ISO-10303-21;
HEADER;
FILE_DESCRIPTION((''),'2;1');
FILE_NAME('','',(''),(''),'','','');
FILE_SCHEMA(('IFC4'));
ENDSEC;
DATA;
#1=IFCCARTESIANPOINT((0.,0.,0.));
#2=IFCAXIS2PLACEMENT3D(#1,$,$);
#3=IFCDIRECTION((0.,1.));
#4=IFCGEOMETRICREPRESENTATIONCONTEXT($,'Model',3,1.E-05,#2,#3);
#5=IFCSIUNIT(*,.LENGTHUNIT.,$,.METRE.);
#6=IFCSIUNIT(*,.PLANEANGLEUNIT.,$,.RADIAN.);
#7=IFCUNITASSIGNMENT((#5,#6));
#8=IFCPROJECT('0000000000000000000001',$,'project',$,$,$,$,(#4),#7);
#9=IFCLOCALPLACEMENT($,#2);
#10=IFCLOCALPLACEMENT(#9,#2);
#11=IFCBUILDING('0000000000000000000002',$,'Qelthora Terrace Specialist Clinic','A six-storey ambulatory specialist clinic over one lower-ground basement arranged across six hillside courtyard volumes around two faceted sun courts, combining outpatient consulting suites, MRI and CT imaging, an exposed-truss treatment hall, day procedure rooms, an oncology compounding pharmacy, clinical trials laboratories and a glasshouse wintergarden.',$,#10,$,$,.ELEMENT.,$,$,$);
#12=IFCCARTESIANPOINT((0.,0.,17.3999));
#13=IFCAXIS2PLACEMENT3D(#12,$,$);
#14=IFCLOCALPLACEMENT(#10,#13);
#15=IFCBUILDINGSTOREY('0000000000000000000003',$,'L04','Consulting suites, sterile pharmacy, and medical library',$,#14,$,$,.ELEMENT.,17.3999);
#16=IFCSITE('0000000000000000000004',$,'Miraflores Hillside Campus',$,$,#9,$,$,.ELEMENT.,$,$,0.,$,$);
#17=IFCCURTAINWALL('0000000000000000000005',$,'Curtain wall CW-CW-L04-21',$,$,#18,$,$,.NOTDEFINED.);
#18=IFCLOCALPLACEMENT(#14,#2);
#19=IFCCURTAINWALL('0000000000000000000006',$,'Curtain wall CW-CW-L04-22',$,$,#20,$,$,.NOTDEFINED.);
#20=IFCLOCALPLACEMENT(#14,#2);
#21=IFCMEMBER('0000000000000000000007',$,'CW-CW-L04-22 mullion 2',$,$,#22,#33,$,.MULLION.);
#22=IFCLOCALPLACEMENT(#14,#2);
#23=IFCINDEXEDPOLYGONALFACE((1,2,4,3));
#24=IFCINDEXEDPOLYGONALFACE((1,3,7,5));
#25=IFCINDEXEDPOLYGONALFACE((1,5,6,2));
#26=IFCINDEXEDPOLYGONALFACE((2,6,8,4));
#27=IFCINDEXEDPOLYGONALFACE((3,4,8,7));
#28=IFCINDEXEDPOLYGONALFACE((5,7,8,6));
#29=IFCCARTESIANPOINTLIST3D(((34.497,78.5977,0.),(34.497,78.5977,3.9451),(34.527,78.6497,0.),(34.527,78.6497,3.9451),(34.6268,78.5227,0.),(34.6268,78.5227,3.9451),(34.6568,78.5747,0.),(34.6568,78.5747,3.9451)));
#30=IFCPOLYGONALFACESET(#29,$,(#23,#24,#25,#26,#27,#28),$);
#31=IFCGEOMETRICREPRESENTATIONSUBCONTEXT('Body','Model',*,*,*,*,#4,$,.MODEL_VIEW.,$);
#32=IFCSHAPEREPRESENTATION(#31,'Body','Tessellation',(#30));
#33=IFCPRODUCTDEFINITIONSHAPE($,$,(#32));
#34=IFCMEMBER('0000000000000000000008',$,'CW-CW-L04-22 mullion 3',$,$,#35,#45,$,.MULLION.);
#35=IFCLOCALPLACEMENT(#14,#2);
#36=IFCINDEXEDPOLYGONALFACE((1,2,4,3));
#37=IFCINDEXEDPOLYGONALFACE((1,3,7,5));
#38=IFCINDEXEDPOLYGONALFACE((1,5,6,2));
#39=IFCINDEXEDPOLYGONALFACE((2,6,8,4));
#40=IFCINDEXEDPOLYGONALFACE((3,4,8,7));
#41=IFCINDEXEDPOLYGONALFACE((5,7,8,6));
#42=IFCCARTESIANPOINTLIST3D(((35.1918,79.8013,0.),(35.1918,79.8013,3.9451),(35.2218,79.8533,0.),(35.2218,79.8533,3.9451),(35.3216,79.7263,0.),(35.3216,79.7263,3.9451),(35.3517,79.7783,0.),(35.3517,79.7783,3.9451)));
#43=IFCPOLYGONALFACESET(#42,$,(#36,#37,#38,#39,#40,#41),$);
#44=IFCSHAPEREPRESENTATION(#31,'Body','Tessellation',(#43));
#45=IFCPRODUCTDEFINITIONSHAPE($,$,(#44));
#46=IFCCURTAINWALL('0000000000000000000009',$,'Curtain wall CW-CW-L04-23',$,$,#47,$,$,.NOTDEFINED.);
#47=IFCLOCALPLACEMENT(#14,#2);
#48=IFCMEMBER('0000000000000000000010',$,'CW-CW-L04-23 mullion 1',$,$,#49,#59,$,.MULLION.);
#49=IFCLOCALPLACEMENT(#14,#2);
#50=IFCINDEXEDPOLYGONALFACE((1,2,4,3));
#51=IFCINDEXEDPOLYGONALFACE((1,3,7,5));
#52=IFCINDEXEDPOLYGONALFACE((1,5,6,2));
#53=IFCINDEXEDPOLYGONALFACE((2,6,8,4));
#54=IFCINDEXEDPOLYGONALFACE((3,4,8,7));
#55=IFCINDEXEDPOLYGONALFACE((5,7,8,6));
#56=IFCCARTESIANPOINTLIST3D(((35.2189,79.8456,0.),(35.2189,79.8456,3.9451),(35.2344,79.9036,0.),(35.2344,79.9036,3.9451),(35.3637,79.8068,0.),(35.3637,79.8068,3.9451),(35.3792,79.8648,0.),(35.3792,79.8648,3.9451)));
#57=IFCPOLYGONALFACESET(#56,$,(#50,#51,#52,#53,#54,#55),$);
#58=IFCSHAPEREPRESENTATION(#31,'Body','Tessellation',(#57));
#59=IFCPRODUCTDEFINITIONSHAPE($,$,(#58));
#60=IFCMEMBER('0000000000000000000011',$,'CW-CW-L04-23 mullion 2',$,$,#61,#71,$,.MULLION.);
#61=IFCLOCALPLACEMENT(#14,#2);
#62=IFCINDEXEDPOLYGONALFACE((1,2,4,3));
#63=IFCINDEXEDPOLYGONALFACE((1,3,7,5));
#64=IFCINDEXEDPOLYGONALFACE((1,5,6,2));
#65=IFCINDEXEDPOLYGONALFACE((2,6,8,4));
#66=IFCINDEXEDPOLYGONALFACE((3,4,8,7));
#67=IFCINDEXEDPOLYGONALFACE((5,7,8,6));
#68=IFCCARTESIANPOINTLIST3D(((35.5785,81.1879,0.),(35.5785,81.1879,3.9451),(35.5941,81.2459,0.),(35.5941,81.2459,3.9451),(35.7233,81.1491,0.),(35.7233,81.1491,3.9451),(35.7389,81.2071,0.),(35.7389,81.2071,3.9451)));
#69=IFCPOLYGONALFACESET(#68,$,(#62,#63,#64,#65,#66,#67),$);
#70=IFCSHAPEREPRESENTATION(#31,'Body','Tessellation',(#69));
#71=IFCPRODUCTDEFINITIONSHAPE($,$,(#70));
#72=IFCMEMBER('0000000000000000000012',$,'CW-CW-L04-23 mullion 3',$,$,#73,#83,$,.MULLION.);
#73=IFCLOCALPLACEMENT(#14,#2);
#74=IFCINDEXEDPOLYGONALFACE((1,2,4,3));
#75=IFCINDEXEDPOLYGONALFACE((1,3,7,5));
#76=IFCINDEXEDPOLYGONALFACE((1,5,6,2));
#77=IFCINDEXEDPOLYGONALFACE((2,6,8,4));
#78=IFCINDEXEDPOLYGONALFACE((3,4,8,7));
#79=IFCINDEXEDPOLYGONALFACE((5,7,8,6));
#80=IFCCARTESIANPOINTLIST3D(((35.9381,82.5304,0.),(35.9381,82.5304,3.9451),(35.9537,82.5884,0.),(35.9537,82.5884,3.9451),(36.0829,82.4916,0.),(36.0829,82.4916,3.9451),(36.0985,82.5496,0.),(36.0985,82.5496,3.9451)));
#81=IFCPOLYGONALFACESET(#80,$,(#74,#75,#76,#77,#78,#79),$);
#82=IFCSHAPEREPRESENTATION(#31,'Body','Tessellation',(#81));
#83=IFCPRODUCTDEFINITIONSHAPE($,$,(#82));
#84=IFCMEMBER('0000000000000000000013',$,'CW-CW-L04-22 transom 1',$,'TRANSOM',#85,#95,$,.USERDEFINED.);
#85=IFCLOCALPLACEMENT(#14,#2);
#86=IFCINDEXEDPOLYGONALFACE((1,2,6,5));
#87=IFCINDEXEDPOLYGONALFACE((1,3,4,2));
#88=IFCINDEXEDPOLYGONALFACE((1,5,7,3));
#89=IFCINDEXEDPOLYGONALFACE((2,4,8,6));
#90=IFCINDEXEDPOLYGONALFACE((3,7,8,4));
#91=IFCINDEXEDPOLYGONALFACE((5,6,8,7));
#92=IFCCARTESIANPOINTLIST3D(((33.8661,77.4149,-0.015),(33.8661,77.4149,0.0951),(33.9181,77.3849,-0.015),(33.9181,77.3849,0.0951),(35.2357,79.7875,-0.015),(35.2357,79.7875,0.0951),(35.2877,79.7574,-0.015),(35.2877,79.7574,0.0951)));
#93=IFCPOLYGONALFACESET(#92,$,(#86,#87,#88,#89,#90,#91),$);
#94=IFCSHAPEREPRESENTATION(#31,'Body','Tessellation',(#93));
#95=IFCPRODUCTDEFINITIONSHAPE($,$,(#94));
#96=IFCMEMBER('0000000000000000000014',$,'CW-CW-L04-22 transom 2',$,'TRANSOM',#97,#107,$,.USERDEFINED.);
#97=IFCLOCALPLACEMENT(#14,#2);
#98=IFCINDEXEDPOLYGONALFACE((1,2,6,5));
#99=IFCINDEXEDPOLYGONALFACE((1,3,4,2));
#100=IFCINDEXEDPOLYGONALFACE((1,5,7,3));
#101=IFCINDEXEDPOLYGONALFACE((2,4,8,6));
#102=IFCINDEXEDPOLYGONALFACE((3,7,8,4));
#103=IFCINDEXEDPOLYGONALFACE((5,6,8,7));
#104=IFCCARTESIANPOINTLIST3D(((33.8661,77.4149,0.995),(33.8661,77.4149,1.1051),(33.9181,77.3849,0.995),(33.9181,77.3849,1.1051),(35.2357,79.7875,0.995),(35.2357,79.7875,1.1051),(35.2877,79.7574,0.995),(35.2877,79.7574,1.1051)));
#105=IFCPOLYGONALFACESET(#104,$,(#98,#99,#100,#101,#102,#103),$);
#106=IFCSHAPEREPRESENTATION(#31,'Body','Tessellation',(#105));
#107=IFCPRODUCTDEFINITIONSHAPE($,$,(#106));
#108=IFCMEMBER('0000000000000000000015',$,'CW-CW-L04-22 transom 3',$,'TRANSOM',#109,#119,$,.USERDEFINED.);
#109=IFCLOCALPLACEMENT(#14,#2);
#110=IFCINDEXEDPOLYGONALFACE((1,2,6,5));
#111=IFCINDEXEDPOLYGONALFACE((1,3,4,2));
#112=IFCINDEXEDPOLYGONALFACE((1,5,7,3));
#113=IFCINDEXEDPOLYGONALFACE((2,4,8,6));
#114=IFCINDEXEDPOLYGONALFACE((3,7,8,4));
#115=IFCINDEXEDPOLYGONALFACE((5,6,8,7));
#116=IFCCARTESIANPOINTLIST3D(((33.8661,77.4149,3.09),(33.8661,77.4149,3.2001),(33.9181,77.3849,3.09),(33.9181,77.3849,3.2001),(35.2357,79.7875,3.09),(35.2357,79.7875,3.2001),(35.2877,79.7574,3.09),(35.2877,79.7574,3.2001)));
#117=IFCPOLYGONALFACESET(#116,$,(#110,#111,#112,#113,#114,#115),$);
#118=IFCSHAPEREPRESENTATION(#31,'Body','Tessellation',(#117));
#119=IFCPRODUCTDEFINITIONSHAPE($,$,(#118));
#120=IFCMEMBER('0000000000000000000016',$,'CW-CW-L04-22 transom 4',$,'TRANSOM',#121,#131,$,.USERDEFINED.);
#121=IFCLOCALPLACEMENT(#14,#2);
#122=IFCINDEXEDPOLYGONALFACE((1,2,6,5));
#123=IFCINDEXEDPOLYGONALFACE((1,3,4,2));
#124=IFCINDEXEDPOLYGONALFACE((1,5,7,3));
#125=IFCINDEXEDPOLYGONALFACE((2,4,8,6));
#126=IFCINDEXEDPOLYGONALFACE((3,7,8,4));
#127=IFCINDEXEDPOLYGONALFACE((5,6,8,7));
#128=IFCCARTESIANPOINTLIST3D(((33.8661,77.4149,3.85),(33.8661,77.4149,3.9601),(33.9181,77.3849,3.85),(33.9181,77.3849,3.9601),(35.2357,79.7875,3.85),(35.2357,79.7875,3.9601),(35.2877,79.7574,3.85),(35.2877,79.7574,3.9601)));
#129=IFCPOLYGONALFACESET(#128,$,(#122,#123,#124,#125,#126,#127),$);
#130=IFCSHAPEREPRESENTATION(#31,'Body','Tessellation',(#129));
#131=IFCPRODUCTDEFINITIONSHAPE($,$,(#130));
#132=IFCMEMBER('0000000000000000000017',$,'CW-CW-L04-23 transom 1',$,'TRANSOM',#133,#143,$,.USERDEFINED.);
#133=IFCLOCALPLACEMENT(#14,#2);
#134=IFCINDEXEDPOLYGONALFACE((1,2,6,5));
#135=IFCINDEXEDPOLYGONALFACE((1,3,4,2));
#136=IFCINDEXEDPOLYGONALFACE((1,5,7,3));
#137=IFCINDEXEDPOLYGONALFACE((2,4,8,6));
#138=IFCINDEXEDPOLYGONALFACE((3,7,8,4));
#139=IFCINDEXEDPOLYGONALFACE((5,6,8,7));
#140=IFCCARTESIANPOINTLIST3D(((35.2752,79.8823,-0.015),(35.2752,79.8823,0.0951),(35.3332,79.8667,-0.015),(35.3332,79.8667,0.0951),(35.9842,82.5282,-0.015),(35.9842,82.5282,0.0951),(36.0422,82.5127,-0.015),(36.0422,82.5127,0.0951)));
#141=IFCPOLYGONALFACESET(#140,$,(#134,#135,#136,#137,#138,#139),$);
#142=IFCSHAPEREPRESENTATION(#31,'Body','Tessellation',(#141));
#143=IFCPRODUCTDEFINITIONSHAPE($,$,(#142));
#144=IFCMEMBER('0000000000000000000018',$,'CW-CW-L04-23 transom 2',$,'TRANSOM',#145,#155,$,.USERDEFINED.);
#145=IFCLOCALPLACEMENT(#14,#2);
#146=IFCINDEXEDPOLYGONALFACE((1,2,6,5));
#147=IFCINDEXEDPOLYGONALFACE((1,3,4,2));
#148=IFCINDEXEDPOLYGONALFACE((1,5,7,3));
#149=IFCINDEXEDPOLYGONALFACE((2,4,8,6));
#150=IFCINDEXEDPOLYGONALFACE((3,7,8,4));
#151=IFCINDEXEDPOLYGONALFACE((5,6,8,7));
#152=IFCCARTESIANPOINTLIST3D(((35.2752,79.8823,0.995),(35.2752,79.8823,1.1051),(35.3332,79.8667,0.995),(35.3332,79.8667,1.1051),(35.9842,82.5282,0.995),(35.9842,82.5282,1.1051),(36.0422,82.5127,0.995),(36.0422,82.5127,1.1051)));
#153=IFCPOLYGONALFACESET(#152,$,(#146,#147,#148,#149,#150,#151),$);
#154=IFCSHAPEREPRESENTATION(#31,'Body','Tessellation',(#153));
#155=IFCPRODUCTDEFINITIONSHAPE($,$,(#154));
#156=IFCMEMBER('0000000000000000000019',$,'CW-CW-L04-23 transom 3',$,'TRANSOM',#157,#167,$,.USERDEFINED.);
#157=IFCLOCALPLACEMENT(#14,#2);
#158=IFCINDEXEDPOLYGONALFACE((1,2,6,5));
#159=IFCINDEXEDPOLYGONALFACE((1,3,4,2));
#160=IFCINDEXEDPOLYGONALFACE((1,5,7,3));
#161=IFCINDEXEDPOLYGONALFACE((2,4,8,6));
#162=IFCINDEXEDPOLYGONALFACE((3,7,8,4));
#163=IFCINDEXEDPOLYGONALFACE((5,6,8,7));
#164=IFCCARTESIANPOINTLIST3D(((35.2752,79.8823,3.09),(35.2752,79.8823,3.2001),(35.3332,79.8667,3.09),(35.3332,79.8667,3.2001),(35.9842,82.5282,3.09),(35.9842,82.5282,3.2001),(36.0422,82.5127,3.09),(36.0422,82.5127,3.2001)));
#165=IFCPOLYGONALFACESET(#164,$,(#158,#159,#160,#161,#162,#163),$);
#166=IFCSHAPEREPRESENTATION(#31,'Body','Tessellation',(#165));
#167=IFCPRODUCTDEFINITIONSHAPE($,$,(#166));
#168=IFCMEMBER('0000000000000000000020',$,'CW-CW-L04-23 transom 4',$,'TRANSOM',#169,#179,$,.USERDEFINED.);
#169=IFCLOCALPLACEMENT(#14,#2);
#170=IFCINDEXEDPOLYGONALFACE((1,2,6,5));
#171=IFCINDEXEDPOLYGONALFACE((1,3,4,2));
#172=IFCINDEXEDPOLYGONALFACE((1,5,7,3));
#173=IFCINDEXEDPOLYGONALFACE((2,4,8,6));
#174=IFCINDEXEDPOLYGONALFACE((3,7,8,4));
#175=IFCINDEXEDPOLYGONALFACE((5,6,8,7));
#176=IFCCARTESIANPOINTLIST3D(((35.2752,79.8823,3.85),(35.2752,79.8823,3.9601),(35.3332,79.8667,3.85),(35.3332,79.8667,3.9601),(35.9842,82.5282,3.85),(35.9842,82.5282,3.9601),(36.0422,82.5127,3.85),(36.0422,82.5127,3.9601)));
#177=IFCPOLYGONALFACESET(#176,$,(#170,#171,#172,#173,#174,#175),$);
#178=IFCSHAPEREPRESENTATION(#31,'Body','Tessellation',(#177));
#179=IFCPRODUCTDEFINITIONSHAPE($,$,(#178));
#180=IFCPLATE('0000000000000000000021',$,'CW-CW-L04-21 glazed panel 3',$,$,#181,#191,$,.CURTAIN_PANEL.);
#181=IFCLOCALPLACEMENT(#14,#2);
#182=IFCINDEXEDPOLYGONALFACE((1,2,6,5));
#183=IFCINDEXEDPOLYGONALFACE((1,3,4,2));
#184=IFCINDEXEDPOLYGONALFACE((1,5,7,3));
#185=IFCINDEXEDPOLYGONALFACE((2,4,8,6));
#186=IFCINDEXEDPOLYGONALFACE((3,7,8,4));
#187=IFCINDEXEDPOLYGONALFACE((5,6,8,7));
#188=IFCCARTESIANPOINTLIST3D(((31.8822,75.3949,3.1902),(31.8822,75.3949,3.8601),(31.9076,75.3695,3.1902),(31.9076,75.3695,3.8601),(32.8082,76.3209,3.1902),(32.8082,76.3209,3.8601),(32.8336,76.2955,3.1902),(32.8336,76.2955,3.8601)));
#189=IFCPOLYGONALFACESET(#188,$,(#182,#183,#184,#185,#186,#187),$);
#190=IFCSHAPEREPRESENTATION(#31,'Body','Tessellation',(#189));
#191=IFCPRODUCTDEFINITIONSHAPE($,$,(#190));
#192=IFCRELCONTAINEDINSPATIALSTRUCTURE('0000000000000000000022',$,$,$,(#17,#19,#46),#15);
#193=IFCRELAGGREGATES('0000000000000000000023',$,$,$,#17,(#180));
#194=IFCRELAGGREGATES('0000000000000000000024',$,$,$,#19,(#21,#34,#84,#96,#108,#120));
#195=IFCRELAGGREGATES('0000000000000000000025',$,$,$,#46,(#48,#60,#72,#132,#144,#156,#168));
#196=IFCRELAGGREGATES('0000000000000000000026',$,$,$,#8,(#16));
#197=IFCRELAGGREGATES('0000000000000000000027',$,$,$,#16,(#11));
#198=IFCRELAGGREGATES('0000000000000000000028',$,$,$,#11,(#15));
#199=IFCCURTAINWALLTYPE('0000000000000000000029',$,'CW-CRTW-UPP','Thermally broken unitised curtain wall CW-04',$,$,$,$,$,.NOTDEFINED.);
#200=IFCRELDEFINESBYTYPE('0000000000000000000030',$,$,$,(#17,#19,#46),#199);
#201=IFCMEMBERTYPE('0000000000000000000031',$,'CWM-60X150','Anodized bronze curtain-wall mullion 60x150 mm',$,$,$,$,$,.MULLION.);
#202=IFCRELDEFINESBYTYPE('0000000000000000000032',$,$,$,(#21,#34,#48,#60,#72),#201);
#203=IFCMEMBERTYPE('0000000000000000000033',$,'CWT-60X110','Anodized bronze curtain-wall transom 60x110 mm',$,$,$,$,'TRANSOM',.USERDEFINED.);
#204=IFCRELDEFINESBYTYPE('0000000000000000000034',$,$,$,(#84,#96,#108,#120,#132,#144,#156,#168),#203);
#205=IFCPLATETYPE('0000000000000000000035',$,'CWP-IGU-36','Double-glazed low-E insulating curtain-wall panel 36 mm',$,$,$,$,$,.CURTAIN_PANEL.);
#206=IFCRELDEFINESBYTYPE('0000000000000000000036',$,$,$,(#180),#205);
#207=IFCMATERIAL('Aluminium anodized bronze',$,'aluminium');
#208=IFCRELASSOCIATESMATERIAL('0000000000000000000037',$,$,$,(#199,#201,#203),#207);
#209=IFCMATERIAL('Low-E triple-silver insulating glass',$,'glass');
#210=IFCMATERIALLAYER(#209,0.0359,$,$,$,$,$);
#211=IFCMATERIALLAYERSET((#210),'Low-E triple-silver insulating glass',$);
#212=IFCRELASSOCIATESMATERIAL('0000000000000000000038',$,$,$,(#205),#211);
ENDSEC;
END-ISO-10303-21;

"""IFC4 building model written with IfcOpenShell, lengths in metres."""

from ifc_helpers import new_model, si_unit, direction, frame, origin, origin_2d, place, context, subcontext, project, spatial, rectangle, extrude, material, layer, layer_set, material_profile, profile_set, type_object, element, aggregate, save


model = new_model("IFC4")

# Units and contexts
model_context = context("Model", 3, precision=1e-05, world=origin(), true_north=direction((0.0, 1.0)))
body_context = subcontext(model_context, "Body", "Model", "MODEL_VIEW")
ifc_project = project(units=[si_unit("LENGTHUNIT", "METRE"), si_unit("PLANEANGLEUNIT", "RADIAN")], contexts=[model_context])

# Site, building, storey
site_placement = place(None, origin())
site = spatial("IfcSite", under=ifc_project, at=site_placement, Name="Miraflores Hillside Campus", CompositionType="ELEMENT", RefElevation=0.0)
building_placement = place(site_placement, origin())
building = spatial("IfcBuilding", under=site, at=building_placement, Name="Qelthora Terrace Specialist Clinic", Description="A six-storey ambulatory specialist clinic over one lower-ground basement arranged across six hillside courtyard volumes around two faceted sun courts, combining outpatient consulting suites, MRI and CT imaging, an exposed-truss treatment hall, day procedure rooms, an oncology compounding pharmacy, clinical trials laboratories and a glasshouse wintergarden.", CompositionType="ELEMENT")
storey_placement = place(building_placement, frame((0.0, 0.0, 17.3999)))
storey = spatial("IfcBuildingStorey", under=building, at=storey_placement, Name="L04", Description="Consulting suites, sterile pharmacy, and medical library", CompositionType="ELEMENT", Elevation=17.3999)

# Curtain walls, members
ifc_material_1 = material(Name="Aluminium anodized bronze", Category="aluminium")
curtain_wall_type = type_object("IfcCurtainWallType", Name="CW-CRTW-UPP", Description="Thermally broken unitised curtain wall CW-04", PredefinedType="NOTDEFINED", material=ifc_material_1)
curtain_wall_1_placement = place(storey_placement, origin())
curtain_wall_1 = element("IfcCurtainWall", 1, at=curtain_wall_1_placement, inside=storey, type_object=curtain_wall_type, Name="Curtain wall CW-CW-L04-21", PredefinedType="NOTDEFINED")
ifc_material_profile_1 = material_profile(ifc_material_1, rectangle(XDim=0.0601, YDim=0.1499, at=origin_2d()), Name="CWM60X150")
ifc_profile_set_1 = profile_set([ifc_material_profile_1], Name="Aluminium anodized bronze")
member_type_1 = type_object("IfcMemberType", Name="CWM-60X150", Description="Anodized bronze curtain-wall mullion 60x150 mm", PredefinedType="MULLION", material=ifc_profile_set_1)
curtain_wall_2_placement = place(storey_placement, origin())
curtain_wall_2 = element("IfcCurtainWall", 2, at=curtain_wall_2_placement, inside=storey, type_object=curtain_wall_type, Name="Curtain wall CW-CW-L04-22", PredefinedType="NOTDEFINED")
member_1_placement = place(storey_placement, frame((34.5769, 78.5862, 0.0), z_axis=(0.0, 0.0, 1.0), x_axis=(0.5, 0.866026, 0.0)))
member_1 = element("IfcMember", 3, at=member_1_placement, type_object=member_type_1, Name="CW-CW-L04-22 mullion 2", PredefinedType="MULLION", context=body_context, shape_type="SweptSolid", body=[
    extrude(rectangle(XDim=0.0601, YDim=0.1499, at=origin_2d()), origin(), (0.0, 0.0, 1.0), 3.9451),
])
member_2_placement = place(storey_placement, frame((35.2717, 79.7898, 0.0), z_axis=(0.0, 0.0, 1.0), x_axis=(0.5, 0.866026, 0.0)))
member_2 = element("IfcMember", 4, at=member_2_placement, type_object=member_type_1, Name="CW-CW-L04-22 mullion 3", PredefinedType="MULLION", context=body_context, shape_type="SweptSolid", body=[
    extrude(rectangle(XDim=0.0601, YDim=0.1499, at=origin_2d()), origin(), (0.0, 0.0, 1.0), 3.9451),
])
curtain_wall_3_placement = place(storey_placement, origin())
curtain_wall_3 = element("IfcCurtainWall", 5, at=curtain_wall_3_placement, inside=storey, type_object=curtain_wall_type, Name="Curtain wall CW-CW-L04-23", PredefinedType="NOTDEFINED")
member_3_placement = place(storey_placement, frame((35.2991, 79.8552, 0.0), z_axis=(0.0, 0.0, 1.0), x_axis=(0.25882, 0.965925, 0.0)))
member_3 = element("IfcMember", 6, at=member_3_placement, type_object=member_type_1, Name="CW-CW-L04-23 mullion 1", PredefinedType="MULLION", context=body_context, shape_type="SweptSolid", body=[
    extrude(rectangle(XDim=0.0601, YDim=0.1499, at=origin_2d()), origin(), (0.0, 0.0, 1.0), 3.9451),
])
member_4_placement = place(storey_placement, frame((35.6587, 81.1975, 0.0), z_axis=(0.0, 0.0, 1.0), x_axis=(0.25882, 0.965925, 0.0)))
member_4 = element("IfcMember", 7, at=member_4_placement, type_object=member_type_1, Name="CW-CW-L04-23 mullion 2", PredefinedType="MULLION", context=body_context, shape_type="SweptSolid", body=[
    extrude(rectangle(XDim=0.0601, YDim=0.1499, at=origin_2d()), origin(), (0.0, 0.0, 1.0), 3.9451),
])
member_5_placement = place(storey_placement, frame((36.0183, 82.54, 0.0), z_axis=(0.0, 0.0, 1.0), x_axis=(0.25882, 0.965925, 0.0)))
member_5 = element("IfcMember", 8, at=member_5_placement, type_object=member_type_1, Name="CW-CW-L04-23 mullion 3", PredefinedType="MULLION", context=body_context, shape_type="SweptSolid", body=[
    extrude(rectangle(XDim=0.0601, YDim=0.1499, at=origin_2d()), origin(), (0.0, 0.0, 1.0), 3.9451),
])

# Members
ifc_material_profile_2 = material_profile(ifc_material_1, rectangle(XDim=0.0601, YDim=0.1101, at=origin_2d()), Name="CWT60X110")
ifc_profile_set_2 = profile_set([ifc_material_profile_2], Name="Aluminium anodized bronze")
member_type_2 = type_object("IfcMemberType", Name="CWT-60X110", Description="Anodized bronze curtain-wall transom 60x110 mm", ElementType="TRANSOM", PredefinedType="USERDEFINED", material=ifc_profile_set_2)
member_6_placement = place(storey_placement, frame((33.8921, 77.3999, 0.04), z_axis=(0.499954, 0.866052, 0.0), x_axis=(-0.866052, 0.499954, 0.0)))
member_6 = element("IfcMember", 9, at=member_6_placement, type_object=member_type_2, Name="CW-CW-L04-22 transom 1", ObjectType="TRANSOM", PredefinedType="USERDEFINED", context=body_context, shape_type="SweptSolid", body=[
    extrude(rectangle(XDim=0.0601, YDim=0.1101, at=origin_2d()), origin(), (0.0, 0.0, 1.0), 2.7395),
])
member_7_placement = place(storey_placement, frame((33.8921, 77.3999, 1.05), z_axis=(0.499954, 0.866052, 0.0), x_axis=(-0.866052, 0.499954, 0.0)))
member_7 = element("IfcMember", 10, at=member_7_placement, type_object=member_type_2, Name="CW-CW-L04-22 transom 2", ObjectType="TRANSOM", PredefinedType="USERDEFINED", context=body_context, shape_type="SweptSolid", body=[
    extrude(rectangle(XDim=0.0601, YDim=0.1101, at=origin_2d()), origin(), (0.0, 0.0, 1.0), 2.7395),
])
member_8_placement = place(storey_placement, frame((33.8921, 77.3999, 3.145), z_axis=(0.499954, 0.866052, 0.0), x_axis=(-0.866052, 0.499954, 0.0)))
member_8 = element("IfcMember", 11, at=member_8_placement, type_object=member_type_2, Name="CW-CW-L04-22 transom 3", ObjectType="TRANSOM", PredefinedType="USERDEFINED", context=body_context, shape_type="SweptSolid", body=[
    extrude(rectangle(XDim=0.0601, YDim=0.1101, at=origin_2d()), origin(), (0.0, 0.0, 1.0), 2.7395),
])
member_9_placement = place(storey_placement, frame((33.8921, 77.3999, 3.905), z_axis=(0.499954, 0.866052, 0.0), x_axis=(-0.866052, 0.499954, 0.0)))
member_9 = element("IfcMember", 12, at=member_9_placement, type_object=member_type_2, Name="CW-CW-L04-22 transom 4", ObjectType="TRANSOM", PredefinedType="USERDEFINED", context=body_context, shape_type="SweptSolid", body=[
    extrude(rectangle(XDim=0.0601, YDim=0.1101, at=origin_2d()), origin(), (0.0, 0.0, 1.0), 2.7395),
])
member_10_placement = place(storey_placement, frame((35.3042, 79.8745, 0.04), z_axis=(0.258816, 0.965927, 0.0), x_axis=(-0.965927, 0.258816, 0.0)))
member_10 = element("IfcMember", 13, at=member_10_placement, type_object=member_type_2, Name="CW-CW-L04-23 transom 1", ObjectType="TRANSOM", PredefinedType="USERDEFINED", context=body_context, shape_type="SweptSolid", body=[
    extrude(rectangle(XDim=0.0601, YDim=0.1101, at=origin_2d()), origin(), (0.0, 0.0, 1.0), 2.7393),
])
member_11_placement = place(storey_placement, frame((35.3042, 79.8745, 1.05), z_axis=(0.258816, 0.965927, 0.0), x_axis=(-0.965927, 0.258816, 0.0)))
member_11 = element("IfcMember", 14, at=member_11_placement, type_object=member_type_2, Name="CW-CW-L04-23 transom 2", ObjectType="TRANSOM", PredefinedType="USERDEFINED", context=body_context, shape_type="SweptSolid", body=[
    extrude(rectangle(XDim=0.0601, YDim=0.1101, at=origin_2d()), origin(), (0.0, 0.0, 1.0), 2.7393),
])
member_12_placement = place(storey_placement, frame((35.3042, 79.8745, 3.145), z_axis=(0.258816, 0.965927, 0.0), x_axis=(-0.965927, 0.258816, 0.0)))
member_12 = element("IfcMember", 15, at=member_12_placement, type_object=member_type_2, Name="CW-CW-L04-23 transom 3", ObjectType="TRANSOM", PredefinedType="USERDEFINED", context=body_context, shape_type="SweptSolid", body=[
    extrude(rectangle(XDim=0.0601, YDim=0.1101, at=origin_2d()), origin(), (0.0, 0.0, 1.0), 2.7393),
])
member_13_placement = place(storey_placement, frame((35.3042, 79.8745, 3.905), z_axis=(0.258816, 0.965927, 0.0), x_axis=(-0.965927, 0.258816, 0.0)))
member_13 = element("IfcMember", 16, at=member_13_placement, type_object=member_type_2, Name="CW-CW-L04-23 transom 4", ObjectType="TRANSOM", PredefinedType="USERDEFINED", context=body_context, shape_type="SweptSolid", body=[
    extrude(rectangle(XDim=0.0601, YDim=0.1101, at=origin_2d()), origin(), (0.0, 0.0, 1.0), 2.7393),
])

# Plate
ifc_material_2 = material(Name="Low-E triple-silver insulating glass", Category="glass")
ifc_layer = layer(ifc_material_2, 0.0359)
ifc_layer_set = layer_set([ifc_layer], Name="Low-E triple-silver insulating glass")
plate_type = type_object("IfcPlateType", Name="CWP-IGU-36", Description="Double-glazed low-E insulating curtain-wall panel 36 mm", PredefinedType="CURTAIN_PANEL", material=ifc_layer_set)
plate_1_placement = place(storey_placement, frame((32.3579, 75.8452, 3.1902), z_axis=(0.0, 0.0, 1.0), x_axis=(0.707107, 0.707107, 0.0)))
plate_1 = element("IfcPlate", 17, at=plate_1_placement, type_object=plate_type, Name="CW-CW-L04-21 glazed panel 3", PredefinedType="CURTAIN_PANEL", context=body_context, shape_type="SweptSolid", body=[
    extrude(rectangle(XDim=1.3096, YDim=0.0359, at=origin_2d()), origin(), (0.0, 0.0, 1.0), 0.6699),
])
aggregate(curtain_wall_1, [plate_1])
aggregate(curtain_wall_2, [member_1, member_2, member_6, member_7, member_8, member_9])
aggregate(curtain_wall_3, [member_3, member_4, member_5, member_10, member_11, member_12, member_13])

save(model, "model.ifc")
